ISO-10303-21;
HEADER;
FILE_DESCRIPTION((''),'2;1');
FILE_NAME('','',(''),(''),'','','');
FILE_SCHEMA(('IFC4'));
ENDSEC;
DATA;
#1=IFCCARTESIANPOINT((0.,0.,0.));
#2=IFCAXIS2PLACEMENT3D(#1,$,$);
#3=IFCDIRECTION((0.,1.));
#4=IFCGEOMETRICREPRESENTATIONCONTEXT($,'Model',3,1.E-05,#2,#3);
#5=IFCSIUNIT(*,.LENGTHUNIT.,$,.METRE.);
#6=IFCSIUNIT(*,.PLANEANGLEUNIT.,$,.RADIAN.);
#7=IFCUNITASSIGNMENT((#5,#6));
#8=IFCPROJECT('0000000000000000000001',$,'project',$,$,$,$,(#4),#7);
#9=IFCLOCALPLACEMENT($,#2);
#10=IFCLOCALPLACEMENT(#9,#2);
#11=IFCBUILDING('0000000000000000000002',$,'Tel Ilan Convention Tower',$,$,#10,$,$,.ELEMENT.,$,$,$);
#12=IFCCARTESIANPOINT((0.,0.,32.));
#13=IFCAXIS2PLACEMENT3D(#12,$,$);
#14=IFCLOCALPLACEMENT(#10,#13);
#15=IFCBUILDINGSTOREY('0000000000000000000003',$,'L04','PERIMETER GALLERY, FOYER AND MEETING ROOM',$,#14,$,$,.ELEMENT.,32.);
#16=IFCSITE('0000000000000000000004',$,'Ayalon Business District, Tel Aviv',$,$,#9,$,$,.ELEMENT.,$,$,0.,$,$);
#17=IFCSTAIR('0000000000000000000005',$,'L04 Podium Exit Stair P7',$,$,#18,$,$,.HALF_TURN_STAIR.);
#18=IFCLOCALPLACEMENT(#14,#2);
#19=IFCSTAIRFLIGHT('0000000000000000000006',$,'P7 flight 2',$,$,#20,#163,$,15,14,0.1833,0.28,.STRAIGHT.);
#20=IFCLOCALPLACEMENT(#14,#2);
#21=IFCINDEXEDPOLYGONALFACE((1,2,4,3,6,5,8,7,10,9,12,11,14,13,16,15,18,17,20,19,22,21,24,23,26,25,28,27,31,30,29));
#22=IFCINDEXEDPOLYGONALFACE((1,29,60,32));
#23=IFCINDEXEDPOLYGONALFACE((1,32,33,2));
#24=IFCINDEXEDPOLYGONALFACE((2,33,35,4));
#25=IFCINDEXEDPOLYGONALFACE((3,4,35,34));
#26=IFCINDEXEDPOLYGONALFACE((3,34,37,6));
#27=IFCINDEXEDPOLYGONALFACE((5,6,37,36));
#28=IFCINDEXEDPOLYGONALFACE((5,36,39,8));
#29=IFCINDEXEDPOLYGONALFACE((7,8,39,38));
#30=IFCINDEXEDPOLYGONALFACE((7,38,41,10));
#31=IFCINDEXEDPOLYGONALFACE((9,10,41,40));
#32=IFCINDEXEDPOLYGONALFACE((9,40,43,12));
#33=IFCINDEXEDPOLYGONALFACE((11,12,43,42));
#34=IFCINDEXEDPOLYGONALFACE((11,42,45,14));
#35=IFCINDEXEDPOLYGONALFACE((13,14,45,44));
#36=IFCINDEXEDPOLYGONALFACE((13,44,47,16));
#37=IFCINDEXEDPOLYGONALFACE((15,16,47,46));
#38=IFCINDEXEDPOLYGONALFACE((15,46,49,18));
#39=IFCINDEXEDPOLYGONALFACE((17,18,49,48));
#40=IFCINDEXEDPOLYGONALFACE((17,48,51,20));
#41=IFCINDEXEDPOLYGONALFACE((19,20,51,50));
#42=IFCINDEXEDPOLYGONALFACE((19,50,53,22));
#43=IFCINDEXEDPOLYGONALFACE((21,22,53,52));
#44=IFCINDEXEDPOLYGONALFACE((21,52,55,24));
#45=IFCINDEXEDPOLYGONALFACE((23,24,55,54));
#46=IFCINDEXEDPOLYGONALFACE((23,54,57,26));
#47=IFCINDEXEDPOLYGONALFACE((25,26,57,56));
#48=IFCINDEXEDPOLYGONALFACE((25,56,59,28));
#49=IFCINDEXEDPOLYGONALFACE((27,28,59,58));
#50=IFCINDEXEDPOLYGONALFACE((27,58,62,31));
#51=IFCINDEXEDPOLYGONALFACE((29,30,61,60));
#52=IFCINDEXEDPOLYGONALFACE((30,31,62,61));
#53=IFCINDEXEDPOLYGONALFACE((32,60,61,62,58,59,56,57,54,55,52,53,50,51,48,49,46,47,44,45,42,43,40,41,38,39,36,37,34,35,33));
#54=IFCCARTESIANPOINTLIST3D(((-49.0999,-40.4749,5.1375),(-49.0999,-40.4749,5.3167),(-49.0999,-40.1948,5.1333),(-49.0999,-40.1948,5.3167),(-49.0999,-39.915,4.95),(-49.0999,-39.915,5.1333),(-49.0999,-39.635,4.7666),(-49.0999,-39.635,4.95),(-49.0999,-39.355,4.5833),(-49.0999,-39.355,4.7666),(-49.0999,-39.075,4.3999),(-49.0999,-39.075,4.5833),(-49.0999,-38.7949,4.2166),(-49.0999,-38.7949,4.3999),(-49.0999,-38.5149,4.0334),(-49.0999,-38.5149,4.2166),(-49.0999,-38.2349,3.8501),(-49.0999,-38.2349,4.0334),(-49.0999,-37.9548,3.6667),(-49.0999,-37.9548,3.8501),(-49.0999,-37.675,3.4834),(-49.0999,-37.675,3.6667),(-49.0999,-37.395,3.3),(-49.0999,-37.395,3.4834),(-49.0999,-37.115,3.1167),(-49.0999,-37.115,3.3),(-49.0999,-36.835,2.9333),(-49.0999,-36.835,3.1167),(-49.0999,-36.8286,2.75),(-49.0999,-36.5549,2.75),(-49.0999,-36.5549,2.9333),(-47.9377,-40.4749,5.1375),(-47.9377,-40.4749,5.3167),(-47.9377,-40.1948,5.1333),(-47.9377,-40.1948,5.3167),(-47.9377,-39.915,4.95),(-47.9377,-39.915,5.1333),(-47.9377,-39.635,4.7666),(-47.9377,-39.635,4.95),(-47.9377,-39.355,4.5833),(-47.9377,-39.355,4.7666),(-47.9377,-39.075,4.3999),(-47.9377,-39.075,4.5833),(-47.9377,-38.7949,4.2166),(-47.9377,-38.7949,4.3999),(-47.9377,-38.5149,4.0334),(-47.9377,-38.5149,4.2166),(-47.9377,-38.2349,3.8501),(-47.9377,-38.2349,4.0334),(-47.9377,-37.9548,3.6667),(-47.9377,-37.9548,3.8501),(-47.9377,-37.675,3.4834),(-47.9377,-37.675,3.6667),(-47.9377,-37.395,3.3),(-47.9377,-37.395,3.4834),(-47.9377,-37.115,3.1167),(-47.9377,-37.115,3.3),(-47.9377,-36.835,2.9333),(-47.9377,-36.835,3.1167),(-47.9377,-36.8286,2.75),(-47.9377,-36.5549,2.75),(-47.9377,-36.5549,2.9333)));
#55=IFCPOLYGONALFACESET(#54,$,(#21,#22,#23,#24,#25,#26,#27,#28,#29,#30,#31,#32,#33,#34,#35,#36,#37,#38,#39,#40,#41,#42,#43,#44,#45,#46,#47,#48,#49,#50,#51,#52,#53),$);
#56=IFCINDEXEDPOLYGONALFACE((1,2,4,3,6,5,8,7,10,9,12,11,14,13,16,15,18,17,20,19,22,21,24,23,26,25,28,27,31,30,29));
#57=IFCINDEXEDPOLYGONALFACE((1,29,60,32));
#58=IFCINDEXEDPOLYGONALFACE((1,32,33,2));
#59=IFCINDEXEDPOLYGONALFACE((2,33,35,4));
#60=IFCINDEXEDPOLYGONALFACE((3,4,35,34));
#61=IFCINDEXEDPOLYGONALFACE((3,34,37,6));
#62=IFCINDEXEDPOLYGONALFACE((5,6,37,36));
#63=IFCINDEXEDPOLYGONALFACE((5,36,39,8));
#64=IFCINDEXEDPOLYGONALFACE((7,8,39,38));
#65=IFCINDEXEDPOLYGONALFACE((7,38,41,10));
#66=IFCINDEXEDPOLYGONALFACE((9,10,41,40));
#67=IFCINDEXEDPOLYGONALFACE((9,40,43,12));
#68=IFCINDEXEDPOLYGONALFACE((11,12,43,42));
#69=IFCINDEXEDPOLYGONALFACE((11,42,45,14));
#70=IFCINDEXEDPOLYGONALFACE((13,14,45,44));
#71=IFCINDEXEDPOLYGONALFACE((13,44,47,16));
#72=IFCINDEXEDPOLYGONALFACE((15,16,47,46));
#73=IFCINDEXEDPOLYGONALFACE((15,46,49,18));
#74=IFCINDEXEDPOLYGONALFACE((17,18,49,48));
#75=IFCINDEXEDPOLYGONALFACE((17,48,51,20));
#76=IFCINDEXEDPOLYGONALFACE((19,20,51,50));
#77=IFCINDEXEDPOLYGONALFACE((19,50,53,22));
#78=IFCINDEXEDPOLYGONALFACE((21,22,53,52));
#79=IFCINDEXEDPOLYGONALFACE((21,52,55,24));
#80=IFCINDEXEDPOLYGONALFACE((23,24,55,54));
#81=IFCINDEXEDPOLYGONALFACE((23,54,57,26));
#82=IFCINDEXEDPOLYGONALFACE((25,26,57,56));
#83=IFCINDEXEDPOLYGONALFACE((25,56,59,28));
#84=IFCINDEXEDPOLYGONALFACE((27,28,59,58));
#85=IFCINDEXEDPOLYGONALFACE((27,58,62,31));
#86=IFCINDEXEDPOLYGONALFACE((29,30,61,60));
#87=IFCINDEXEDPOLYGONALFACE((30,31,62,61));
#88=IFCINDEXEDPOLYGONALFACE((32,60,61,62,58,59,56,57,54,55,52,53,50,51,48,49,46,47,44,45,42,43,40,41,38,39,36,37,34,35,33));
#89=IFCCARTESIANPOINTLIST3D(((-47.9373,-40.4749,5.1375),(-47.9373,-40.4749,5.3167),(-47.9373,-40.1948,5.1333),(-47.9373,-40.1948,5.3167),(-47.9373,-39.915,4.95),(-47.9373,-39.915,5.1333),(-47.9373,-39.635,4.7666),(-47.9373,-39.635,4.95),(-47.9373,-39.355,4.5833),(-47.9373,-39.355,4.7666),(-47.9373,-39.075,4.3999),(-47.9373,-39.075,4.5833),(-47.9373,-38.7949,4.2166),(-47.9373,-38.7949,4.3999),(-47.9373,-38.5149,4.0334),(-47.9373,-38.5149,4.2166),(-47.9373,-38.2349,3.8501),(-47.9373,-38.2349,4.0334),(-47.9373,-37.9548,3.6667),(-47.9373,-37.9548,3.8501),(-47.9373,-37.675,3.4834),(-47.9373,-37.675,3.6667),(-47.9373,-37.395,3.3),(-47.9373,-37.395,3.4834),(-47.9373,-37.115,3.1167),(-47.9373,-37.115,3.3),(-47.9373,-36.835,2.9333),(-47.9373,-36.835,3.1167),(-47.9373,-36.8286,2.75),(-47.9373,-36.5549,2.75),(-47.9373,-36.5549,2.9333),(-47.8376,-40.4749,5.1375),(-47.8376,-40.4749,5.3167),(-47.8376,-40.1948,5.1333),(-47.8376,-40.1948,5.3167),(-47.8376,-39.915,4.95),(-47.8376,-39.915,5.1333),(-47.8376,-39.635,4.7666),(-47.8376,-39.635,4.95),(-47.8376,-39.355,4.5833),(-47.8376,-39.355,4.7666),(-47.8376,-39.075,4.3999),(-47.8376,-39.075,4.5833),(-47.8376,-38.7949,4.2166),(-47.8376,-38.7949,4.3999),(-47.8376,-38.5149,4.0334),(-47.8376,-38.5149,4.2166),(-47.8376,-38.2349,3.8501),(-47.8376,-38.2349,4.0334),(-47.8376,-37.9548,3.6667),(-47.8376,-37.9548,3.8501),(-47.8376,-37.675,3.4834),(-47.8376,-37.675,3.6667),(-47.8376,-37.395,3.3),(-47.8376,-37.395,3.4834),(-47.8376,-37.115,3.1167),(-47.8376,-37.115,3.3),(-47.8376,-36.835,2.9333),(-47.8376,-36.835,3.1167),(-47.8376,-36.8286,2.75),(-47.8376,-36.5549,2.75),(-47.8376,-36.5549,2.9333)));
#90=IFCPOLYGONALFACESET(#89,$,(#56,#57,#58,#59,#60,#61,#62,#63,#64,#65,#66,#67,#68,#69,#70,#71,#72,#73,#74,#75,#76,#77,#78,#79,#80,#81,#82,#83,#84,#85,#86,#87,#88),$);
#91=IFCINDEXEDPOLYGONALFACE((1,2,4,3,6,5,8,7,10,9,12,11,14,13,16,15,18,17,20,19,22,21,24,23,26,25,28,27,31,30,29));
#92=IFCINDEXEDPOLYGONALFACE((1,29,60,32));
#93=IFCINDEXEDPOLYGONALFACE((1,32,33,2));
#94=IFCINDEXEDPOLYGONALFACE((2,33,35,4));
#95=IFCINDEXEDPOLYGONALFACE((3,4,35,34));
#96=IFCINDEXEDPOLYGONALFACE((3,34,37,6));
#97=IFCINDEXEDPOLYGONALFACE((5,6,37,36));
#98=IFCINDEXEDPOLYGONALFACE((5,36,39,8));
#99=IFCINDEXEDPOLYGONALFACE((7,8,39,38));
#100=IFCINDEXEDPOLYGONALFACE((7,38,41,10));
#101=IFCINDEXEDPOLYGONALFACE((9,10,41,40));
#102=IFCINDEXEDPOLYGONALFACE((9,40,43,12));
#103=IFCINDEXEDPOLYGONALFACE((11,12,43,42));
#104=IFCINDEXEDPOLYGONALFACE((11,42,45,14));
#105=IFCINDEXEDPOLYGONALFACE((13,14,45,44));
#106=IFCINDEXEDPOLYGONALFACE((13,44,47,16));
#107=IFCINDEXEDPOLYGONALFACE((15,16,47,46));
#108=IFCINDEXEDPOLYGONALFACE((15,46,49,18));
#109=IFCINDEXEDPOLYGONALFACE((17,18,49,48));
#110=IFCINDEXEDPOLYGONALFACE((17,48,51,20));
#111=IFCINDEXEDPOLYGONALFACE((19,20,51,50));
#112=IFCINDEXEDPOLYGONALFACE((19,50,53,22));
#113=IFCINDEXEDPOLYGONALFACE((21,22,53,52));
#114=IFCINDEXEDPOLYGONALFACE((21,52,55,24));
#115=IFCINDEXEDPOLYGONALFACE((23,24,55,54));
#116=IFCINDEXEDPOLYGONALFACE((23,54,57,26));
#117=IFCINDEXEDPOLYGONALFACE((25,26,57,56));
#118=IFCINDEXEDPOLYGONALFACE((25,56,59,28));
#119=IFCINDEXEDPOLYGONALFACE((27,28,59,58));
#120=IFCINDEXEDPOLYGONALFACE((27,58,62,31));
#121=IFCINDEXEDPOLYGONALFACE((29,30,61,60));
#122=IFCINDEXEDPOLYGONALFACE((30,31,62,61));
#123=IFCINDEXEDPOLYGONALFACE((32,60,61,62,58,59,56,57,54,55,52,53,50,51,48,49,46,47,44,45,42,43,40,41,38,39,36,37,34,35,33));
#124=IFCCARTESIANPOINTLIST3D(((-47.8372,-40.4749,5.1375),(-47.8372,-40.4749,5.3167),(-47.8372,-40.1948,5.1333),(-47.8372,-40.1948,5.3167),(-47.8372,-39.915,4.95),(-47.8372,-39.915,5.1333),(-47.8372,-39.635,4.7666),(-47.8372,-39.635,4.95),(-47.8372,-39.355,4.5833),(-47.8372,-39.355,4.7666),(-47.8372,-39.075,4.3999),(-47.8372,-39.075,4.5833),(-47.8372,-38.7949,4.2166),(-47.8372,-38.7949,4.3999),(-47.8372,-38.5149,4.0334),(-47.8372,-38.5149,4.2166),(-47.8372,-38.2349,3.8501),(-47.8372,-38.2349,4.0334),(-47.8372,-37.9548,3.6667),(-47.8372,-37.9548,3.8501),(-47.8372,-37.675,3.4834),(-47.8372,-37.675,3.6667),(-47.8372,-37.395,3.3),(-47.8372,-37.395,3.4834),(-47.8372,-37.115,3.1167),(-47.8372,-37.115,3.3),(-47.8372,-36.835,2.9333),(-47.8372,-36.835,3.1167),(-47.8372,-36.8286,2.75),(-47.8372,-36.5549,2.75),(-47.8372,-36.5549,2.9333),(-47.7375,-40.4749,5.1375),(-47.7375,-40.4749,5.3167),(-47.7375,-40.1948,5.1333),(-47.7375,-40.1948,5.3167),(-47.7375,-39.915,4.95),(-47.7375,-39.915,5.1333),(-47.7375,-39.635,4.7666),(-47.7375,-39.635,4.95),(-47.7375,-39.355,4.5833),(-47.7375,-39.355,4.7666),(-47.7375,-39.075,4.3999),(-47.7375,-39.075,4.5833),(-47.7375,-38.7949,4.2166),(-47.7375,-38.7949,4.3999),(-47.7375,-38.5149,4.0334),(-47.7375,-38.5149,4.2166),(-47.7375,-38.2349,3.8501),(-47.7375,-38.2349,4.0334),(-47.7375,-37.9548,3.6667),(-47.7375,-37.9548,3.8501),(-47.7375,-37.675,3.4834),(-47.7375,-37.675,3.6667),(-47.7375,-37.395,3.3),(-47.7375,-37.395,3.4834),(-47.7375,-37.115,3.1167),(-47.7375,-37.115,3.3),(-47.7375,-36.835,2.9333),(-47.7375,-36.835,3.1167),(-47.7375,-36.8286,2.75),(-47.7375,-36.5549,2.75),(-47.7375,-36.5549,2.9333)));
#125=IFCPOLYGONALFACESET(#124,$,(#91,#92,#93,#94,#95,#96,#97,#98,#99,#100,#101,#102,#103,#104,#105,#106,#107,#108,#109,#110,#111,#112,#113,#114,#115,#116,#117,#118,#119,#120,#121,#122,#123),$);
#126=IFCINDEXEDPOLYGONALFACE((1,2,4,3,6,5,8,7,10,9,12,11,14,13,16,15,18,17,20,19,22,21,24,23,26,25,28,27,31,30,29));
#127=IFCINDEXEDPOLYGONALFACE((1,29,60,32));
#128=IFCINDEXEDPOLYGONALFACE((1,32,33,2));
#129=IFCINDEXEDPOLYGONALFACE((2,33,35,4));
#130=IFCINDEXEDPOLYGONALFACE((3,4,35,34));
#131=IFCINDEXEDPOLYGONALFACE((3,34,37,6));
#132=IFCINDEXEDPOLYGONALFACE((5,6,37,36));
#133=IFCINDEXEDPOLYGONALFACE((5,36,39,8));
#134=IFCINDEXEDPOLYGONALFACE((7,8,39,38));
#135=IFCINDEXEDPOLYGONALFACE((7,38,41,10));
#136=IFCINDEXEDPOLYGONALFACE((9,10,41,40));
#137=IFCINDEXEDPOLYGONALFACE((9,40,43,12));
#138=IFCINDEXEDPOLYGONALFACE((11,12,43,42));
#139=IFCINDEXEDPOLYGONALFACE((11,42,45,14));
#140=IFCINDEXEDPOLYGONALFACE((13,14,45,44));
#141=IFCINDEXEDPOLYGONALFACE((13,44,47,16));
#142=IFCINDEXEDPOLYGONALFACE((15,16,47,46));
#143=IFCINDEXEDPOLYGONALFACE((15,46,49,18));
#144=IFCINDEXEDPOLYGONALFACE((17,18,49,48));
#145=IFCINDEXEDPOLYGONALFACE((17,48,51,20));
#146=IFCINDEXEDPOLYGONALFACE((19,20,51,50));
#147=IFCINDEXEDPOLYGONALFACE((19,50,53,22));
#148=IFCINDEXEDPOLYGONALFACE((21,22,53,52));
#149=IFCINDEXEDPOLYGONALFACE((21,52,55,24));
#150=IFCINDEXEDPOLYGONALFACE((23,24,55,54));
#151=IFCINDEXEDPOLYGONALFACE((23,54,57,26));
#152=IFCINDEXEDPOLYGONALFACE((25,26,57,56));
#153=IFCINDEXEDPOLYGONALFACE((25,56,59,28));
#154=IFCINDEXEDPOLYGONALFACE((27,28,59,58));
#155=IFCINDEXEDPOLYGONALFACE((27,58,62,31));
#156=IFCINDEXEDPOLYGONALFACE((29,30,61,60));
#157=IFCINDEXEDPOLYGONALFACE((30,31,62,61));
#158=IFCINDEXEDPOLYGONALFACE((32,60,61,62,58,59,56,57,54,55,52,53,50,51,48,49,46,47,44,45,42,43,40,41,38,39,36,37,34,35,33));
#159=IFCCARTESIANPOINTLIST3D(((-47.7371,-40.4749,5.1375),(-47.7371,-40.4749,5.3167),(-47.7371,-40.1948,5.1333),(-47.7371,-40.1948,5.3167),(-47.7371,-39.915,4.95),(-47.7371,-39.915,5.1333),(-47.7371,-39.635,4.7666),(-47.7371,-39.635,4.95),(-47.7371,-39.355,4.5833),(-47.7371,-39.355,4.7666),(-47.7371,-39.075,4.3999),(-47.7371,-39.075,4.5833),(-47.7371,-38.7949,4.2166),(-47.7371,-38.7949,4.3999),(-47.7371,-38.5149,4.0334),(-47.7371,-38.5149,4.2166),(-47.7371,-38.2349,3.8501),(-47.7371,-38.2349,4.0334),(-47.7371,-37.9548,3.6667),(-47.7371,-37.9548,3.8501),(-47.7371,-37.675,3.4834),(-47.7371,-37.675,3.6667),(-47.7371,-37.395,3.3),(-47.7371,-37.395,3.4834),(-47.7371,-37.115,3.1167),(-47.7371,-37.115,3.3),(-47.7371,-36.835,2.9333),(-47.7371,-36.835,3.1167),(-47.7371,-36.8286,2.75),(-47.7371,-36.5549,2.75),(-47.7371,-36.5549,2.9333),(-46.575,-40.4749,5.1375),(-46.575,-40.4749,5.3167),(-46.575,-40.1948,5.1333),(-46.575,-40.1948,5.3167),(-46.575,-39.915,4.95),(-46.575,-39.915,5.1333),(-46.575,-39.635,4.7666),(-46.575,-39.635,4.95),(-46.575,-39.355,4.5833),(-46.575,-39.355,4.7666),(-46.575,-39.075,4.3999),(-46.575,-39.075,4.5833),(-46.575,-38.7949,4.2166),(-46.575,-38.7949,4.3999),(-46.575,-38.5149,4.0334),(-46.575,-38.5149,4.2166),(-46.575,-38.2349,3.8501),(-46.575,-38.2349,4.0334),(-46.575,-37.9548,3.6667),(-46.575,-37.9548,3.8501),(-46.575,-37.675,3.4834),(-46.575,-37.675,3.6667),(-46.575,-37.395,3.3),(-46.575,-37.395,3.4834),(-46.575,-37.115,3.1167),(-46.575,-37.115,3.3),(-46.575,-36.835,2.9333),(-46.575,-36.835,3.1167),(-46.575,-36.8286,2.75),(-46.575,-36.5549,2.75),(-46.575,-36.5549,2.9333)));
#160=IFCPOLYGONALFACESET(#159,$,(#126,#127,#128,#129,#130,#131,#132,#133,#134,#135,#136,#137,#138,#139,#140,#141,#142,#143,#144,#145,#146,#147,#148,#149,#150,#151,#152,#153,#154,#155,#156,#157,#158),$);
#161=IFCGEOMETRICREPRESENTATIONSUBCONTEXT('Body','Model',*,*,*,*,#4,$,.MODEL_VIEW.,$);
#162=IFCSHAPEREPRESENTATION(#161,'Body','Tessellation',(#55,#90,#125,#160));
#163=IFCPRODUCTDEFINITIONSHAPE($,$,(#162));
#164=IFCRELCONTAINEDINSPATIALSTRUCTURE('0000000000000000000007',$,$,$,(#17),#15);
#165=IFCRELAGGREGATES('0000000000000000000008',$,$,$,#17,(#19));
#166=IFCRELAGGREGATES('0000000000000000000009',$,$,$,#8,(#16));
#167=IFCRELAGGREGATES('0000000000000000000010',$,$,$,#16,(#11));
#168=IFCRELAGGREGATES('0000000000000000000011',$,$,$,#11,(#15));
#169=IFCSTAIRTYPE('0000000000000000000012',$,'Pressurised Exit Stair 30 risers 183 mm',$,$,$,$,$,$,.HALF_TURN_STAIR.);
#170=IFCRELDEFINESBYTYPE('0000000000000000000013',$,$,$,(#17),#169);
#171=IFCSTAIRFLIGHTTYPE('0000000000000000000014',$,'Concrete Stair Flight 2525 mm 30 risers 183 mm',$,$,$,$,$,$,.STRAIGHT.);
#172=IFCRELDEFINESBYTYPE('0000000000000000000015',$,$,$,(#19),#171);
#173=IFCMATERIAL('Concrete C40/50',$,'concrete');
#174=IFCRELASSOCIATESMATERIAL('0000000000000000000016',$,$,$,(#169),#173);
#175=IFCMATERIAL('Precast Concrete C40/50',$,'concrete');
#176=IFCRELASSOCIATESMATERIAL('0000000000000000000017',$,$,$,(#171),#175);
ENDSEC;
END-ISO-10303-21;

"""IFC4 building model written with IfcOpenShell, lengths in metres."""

from ifc_helpers import new_model, si_unit, direction, frame, origin, place, context, subcontext, project, spatial, polyline, outline, extrude, material, type_object, element, aggregate, save


model = new_model("IFC4")

# Units and contexts
model_context = context("Model", 3, precision=1e-05, world=origin(), true_north=direction((0.0, 1.0)))
body_context = subcontext(model_context, "Body", "Model", "MODEL_VIEW")
ifc_project = project(units=[si_unit("LENGTHUNIT", "METRE"), si_unit("PLANEANGLEUNIT", "RADIAN")], contexts=[model_context])

# Site, building, storey
site_placement = place(None, origin())
site = spatial("IfcSite", under=ifc_project, at=site_placement, Name="Ayalon Business District, Tel Aviv", CompositionType="ELEMENT", RefElevation=0.0)
building_placement = place(site_placement, origin())
building = spatial("IfcBuilding", under=site, at=building_placement, Name="Tel Ilan Convention Tower", CompositionType="ELEMENT")
storey_placement = place(building_placement, frame((0.0, 0.0, 32.0)))
storey = spatial("IfcBuildingStorey", under=building, at=storey_placement, Name="L04", Description="PERIMETER GALLERY, FOYER AND MEETING ROOM", CompositionType="ELEMENT", Elevation=32.0)

# Stair, stair flight
ifc_material_1 = material(Name="Concrete C40/50", Category="concrete")
stair_type = type_object("IfcStairType", Name="Pressurised Exit Stair 30 risers 183 mm", PredefinedType="HALF_TURN_STAIR", material=ifc_material_1)
ifc_material_2 = material(Name="Precast Concrete C40/50", Category="concrete")
stair_flight_type = type_object("IfcStairFlightType", Name="Concrete Stair Flight 2525 mm 30 risers 183 mm", PredefinedType="STRAIGHT", material=ifc_material_2)
stair_1_placement = place(storey_placement, origin())
stair_1 = element("IfcStair", 1, at=stair_1_placement, inside=storey, type_object=stair_type, Name="L04 Podium Exit Stair P7", PredefinedType="HALF_TURN_STAIR")
stair_flight_1_placement = place(storey_placement, frame((-47.8374, -36.5549, 2.75), z_axis=(0.0, 0.0, 1.0), x_axis=(0.0, -1.0, 0.0)))
stair_flight_1 = element("IfcStairFlight", 2, at=stair_flight_1_placement, type_object=stair_flight_type, Name="P7 flight 2", NumberOfRisers=15, NumberOfTreads=14, PredefinedType="STRAIGHT", RiserHeight=0.1833, TreadLength=0.28, context=body_context, shape_type="SweptSolid", body=[
    extrude(outline(polyline([(0.0, 0.0), (0.0, 0.1833), (0.28, 0.1833), (0.28, 0.3667), (0.5601, 0.3667), (0.5601, 0.55), (0.8401, 0.55), (0.8401, 0.7334), (1.1201, 0.7334), (1.1201, 0.9167), (1.3999, 0.9167), (1.3999, 1.1001), (1.6799, 1.1001), (1.6799, 1.2834), (1.96, 1.2834), (1.96, 1.4666), (2.24, 1.4666), (2.24, 1.6499), (2.52, 1.6499), (2.52, 1.8333), (2.8, 1.8333), (2.8, 2.0166), (3.0801, 2.0166), (3.0801, 2.2), (3.3601, 2.2), (3.3601, 2.3833), (3.6399, 2.3833), (3.6399, 2.5667), (3.9199, 2.5667), (3.9199, 2.75), (3.9199, 2.3875), (0.2737, 0.0), (0.0, 0.0)])), frame((0.0, -0.1003, 0.0), z_axis=(0.0, -1.0, 0.0), x_axis=(1.0, 0.0, 0.0)), (0.0, 0.0, 1.0), 1.1621),
    extrude(outline(polyline([(0.0, 0.0), (0.0, 0.1833), (0.28, 0.1833), (0.28, 0.3667), (0.5601, 0.3667), (0.5601, 0.55), (0.8401, 0.55), (0.8401, 0.7334), (1.1201, 0.7334), (1.1201, 0.9167), (1.3999, 0.9167), (1.3999, 1.1001), (1.6799, 1.1001), (1.6799, 1.2834), (1.96, 1.2834), (1.96, 1.4666), (2.24, 1.4666), (2.24, 1.6499), (2.52, 1.6499), (2.52, 1.8333), (2.8, 1.8333), (2.8, 2.0166), (3.0801, 2.0166), (3.0801, 2.2), (3.3601, 2.2), (3.3601, 2.3833), (3.6399, 2.3833), (3.6399, 2.5667), (3.9199, 2.5667), (3.9199, 2.75), (3.9199, 2.3875), (0.2737, 0.0), (0.0, 0.0)])), frame((0.0, -0.0002, 0.0), z_axis=(0.0, -1.0, 0.0), x_axis=(1.0, 0.0, 0.0)), (0.0, 0.0, 1.0), 0.0996),
    extrude(outline(polyline([(0.0, 0.0), (0.0, 0.1833), (0.28, 0.1833), (0.28, 0.3667), (0.5601, 0.3667), (0.5601, 0.55), (0.8401, 0.55), (0.8401, 0.7334), (1.1201, 0.7334), (1.1201, 0.9167), (1.3999, 0.9167), (1.3999, 1.1001), (1.6799, 1.1001), (1.6799, 1.2834), (1.96, 1.2834), (1.96, 1.4666), (2.24, 1.4666), (2.24, 1.6499), (2.52, 1.6499), (2.52, 1.8333), (2.8, 1.8333), (2.8, 2.0166), (3.0801, 2.0166), (3.0801, 2.2), (3.3601, 2.2), (3.3601, 2.3833), (3.6399, 2.3833), (3.6399, 2.5667), (3.9199, 2.5667), (3.9199, 2.75), (3.9199, 2.3875), (0.2737, 0.0), (0.0, 0.0)])), frame((0.0, 0.0999, 0.0), z_axis=(0.0, -1.0, 0.0), x_axis=(1.0, 0.0, 0.0)), (0.0, 0.0, 1.0), 0.0996),
    extrude(outline(polyline([(0.0, 0.0), (0.0, 0.1833), (0.28, 0.1833), (0.28, 0.3667), (0.5601, 0.3667), (0.5601, 0.55), (0.8401, 0.55), (0.8401, 0.7334), (1.1201, 0.7334), (1.1201, 0.9167), (1.3999, 0.9167), (1.3999, 1.1001), (1.6799, 1.1001), (1.6799, 1.2834), (1.96, 1.2834), (1.96, 1.4666), (2.24, 1.4666), (2.24, 1.6499), (2.52, 1.6499), (2.52, 1.8333), (2.8, 1.8333), (2.8, 2.0166), (3.0801, 2.0166), (3.0801, 2.2), (3.3601, 2.2), (3.3601, 2.3833), (3.6399, 2.3833), (3.6399, 2.5667), (3.9199, 2.5667), (3.9199, 2.75), (3.9199, 2.3875), (0.2737, 0.0), (0.0, 0.0)])), frame((0.0, 1.2625, 0.0), z_axis=(0.0, -1.0, 0.0), x_axis=(1.0, 0.0, 0.0)), (0.0, 0.0, 1.0), 1.1621),
])
aggregate(stair_1, [stair_flight_1])

save(model, "model.ifc")
